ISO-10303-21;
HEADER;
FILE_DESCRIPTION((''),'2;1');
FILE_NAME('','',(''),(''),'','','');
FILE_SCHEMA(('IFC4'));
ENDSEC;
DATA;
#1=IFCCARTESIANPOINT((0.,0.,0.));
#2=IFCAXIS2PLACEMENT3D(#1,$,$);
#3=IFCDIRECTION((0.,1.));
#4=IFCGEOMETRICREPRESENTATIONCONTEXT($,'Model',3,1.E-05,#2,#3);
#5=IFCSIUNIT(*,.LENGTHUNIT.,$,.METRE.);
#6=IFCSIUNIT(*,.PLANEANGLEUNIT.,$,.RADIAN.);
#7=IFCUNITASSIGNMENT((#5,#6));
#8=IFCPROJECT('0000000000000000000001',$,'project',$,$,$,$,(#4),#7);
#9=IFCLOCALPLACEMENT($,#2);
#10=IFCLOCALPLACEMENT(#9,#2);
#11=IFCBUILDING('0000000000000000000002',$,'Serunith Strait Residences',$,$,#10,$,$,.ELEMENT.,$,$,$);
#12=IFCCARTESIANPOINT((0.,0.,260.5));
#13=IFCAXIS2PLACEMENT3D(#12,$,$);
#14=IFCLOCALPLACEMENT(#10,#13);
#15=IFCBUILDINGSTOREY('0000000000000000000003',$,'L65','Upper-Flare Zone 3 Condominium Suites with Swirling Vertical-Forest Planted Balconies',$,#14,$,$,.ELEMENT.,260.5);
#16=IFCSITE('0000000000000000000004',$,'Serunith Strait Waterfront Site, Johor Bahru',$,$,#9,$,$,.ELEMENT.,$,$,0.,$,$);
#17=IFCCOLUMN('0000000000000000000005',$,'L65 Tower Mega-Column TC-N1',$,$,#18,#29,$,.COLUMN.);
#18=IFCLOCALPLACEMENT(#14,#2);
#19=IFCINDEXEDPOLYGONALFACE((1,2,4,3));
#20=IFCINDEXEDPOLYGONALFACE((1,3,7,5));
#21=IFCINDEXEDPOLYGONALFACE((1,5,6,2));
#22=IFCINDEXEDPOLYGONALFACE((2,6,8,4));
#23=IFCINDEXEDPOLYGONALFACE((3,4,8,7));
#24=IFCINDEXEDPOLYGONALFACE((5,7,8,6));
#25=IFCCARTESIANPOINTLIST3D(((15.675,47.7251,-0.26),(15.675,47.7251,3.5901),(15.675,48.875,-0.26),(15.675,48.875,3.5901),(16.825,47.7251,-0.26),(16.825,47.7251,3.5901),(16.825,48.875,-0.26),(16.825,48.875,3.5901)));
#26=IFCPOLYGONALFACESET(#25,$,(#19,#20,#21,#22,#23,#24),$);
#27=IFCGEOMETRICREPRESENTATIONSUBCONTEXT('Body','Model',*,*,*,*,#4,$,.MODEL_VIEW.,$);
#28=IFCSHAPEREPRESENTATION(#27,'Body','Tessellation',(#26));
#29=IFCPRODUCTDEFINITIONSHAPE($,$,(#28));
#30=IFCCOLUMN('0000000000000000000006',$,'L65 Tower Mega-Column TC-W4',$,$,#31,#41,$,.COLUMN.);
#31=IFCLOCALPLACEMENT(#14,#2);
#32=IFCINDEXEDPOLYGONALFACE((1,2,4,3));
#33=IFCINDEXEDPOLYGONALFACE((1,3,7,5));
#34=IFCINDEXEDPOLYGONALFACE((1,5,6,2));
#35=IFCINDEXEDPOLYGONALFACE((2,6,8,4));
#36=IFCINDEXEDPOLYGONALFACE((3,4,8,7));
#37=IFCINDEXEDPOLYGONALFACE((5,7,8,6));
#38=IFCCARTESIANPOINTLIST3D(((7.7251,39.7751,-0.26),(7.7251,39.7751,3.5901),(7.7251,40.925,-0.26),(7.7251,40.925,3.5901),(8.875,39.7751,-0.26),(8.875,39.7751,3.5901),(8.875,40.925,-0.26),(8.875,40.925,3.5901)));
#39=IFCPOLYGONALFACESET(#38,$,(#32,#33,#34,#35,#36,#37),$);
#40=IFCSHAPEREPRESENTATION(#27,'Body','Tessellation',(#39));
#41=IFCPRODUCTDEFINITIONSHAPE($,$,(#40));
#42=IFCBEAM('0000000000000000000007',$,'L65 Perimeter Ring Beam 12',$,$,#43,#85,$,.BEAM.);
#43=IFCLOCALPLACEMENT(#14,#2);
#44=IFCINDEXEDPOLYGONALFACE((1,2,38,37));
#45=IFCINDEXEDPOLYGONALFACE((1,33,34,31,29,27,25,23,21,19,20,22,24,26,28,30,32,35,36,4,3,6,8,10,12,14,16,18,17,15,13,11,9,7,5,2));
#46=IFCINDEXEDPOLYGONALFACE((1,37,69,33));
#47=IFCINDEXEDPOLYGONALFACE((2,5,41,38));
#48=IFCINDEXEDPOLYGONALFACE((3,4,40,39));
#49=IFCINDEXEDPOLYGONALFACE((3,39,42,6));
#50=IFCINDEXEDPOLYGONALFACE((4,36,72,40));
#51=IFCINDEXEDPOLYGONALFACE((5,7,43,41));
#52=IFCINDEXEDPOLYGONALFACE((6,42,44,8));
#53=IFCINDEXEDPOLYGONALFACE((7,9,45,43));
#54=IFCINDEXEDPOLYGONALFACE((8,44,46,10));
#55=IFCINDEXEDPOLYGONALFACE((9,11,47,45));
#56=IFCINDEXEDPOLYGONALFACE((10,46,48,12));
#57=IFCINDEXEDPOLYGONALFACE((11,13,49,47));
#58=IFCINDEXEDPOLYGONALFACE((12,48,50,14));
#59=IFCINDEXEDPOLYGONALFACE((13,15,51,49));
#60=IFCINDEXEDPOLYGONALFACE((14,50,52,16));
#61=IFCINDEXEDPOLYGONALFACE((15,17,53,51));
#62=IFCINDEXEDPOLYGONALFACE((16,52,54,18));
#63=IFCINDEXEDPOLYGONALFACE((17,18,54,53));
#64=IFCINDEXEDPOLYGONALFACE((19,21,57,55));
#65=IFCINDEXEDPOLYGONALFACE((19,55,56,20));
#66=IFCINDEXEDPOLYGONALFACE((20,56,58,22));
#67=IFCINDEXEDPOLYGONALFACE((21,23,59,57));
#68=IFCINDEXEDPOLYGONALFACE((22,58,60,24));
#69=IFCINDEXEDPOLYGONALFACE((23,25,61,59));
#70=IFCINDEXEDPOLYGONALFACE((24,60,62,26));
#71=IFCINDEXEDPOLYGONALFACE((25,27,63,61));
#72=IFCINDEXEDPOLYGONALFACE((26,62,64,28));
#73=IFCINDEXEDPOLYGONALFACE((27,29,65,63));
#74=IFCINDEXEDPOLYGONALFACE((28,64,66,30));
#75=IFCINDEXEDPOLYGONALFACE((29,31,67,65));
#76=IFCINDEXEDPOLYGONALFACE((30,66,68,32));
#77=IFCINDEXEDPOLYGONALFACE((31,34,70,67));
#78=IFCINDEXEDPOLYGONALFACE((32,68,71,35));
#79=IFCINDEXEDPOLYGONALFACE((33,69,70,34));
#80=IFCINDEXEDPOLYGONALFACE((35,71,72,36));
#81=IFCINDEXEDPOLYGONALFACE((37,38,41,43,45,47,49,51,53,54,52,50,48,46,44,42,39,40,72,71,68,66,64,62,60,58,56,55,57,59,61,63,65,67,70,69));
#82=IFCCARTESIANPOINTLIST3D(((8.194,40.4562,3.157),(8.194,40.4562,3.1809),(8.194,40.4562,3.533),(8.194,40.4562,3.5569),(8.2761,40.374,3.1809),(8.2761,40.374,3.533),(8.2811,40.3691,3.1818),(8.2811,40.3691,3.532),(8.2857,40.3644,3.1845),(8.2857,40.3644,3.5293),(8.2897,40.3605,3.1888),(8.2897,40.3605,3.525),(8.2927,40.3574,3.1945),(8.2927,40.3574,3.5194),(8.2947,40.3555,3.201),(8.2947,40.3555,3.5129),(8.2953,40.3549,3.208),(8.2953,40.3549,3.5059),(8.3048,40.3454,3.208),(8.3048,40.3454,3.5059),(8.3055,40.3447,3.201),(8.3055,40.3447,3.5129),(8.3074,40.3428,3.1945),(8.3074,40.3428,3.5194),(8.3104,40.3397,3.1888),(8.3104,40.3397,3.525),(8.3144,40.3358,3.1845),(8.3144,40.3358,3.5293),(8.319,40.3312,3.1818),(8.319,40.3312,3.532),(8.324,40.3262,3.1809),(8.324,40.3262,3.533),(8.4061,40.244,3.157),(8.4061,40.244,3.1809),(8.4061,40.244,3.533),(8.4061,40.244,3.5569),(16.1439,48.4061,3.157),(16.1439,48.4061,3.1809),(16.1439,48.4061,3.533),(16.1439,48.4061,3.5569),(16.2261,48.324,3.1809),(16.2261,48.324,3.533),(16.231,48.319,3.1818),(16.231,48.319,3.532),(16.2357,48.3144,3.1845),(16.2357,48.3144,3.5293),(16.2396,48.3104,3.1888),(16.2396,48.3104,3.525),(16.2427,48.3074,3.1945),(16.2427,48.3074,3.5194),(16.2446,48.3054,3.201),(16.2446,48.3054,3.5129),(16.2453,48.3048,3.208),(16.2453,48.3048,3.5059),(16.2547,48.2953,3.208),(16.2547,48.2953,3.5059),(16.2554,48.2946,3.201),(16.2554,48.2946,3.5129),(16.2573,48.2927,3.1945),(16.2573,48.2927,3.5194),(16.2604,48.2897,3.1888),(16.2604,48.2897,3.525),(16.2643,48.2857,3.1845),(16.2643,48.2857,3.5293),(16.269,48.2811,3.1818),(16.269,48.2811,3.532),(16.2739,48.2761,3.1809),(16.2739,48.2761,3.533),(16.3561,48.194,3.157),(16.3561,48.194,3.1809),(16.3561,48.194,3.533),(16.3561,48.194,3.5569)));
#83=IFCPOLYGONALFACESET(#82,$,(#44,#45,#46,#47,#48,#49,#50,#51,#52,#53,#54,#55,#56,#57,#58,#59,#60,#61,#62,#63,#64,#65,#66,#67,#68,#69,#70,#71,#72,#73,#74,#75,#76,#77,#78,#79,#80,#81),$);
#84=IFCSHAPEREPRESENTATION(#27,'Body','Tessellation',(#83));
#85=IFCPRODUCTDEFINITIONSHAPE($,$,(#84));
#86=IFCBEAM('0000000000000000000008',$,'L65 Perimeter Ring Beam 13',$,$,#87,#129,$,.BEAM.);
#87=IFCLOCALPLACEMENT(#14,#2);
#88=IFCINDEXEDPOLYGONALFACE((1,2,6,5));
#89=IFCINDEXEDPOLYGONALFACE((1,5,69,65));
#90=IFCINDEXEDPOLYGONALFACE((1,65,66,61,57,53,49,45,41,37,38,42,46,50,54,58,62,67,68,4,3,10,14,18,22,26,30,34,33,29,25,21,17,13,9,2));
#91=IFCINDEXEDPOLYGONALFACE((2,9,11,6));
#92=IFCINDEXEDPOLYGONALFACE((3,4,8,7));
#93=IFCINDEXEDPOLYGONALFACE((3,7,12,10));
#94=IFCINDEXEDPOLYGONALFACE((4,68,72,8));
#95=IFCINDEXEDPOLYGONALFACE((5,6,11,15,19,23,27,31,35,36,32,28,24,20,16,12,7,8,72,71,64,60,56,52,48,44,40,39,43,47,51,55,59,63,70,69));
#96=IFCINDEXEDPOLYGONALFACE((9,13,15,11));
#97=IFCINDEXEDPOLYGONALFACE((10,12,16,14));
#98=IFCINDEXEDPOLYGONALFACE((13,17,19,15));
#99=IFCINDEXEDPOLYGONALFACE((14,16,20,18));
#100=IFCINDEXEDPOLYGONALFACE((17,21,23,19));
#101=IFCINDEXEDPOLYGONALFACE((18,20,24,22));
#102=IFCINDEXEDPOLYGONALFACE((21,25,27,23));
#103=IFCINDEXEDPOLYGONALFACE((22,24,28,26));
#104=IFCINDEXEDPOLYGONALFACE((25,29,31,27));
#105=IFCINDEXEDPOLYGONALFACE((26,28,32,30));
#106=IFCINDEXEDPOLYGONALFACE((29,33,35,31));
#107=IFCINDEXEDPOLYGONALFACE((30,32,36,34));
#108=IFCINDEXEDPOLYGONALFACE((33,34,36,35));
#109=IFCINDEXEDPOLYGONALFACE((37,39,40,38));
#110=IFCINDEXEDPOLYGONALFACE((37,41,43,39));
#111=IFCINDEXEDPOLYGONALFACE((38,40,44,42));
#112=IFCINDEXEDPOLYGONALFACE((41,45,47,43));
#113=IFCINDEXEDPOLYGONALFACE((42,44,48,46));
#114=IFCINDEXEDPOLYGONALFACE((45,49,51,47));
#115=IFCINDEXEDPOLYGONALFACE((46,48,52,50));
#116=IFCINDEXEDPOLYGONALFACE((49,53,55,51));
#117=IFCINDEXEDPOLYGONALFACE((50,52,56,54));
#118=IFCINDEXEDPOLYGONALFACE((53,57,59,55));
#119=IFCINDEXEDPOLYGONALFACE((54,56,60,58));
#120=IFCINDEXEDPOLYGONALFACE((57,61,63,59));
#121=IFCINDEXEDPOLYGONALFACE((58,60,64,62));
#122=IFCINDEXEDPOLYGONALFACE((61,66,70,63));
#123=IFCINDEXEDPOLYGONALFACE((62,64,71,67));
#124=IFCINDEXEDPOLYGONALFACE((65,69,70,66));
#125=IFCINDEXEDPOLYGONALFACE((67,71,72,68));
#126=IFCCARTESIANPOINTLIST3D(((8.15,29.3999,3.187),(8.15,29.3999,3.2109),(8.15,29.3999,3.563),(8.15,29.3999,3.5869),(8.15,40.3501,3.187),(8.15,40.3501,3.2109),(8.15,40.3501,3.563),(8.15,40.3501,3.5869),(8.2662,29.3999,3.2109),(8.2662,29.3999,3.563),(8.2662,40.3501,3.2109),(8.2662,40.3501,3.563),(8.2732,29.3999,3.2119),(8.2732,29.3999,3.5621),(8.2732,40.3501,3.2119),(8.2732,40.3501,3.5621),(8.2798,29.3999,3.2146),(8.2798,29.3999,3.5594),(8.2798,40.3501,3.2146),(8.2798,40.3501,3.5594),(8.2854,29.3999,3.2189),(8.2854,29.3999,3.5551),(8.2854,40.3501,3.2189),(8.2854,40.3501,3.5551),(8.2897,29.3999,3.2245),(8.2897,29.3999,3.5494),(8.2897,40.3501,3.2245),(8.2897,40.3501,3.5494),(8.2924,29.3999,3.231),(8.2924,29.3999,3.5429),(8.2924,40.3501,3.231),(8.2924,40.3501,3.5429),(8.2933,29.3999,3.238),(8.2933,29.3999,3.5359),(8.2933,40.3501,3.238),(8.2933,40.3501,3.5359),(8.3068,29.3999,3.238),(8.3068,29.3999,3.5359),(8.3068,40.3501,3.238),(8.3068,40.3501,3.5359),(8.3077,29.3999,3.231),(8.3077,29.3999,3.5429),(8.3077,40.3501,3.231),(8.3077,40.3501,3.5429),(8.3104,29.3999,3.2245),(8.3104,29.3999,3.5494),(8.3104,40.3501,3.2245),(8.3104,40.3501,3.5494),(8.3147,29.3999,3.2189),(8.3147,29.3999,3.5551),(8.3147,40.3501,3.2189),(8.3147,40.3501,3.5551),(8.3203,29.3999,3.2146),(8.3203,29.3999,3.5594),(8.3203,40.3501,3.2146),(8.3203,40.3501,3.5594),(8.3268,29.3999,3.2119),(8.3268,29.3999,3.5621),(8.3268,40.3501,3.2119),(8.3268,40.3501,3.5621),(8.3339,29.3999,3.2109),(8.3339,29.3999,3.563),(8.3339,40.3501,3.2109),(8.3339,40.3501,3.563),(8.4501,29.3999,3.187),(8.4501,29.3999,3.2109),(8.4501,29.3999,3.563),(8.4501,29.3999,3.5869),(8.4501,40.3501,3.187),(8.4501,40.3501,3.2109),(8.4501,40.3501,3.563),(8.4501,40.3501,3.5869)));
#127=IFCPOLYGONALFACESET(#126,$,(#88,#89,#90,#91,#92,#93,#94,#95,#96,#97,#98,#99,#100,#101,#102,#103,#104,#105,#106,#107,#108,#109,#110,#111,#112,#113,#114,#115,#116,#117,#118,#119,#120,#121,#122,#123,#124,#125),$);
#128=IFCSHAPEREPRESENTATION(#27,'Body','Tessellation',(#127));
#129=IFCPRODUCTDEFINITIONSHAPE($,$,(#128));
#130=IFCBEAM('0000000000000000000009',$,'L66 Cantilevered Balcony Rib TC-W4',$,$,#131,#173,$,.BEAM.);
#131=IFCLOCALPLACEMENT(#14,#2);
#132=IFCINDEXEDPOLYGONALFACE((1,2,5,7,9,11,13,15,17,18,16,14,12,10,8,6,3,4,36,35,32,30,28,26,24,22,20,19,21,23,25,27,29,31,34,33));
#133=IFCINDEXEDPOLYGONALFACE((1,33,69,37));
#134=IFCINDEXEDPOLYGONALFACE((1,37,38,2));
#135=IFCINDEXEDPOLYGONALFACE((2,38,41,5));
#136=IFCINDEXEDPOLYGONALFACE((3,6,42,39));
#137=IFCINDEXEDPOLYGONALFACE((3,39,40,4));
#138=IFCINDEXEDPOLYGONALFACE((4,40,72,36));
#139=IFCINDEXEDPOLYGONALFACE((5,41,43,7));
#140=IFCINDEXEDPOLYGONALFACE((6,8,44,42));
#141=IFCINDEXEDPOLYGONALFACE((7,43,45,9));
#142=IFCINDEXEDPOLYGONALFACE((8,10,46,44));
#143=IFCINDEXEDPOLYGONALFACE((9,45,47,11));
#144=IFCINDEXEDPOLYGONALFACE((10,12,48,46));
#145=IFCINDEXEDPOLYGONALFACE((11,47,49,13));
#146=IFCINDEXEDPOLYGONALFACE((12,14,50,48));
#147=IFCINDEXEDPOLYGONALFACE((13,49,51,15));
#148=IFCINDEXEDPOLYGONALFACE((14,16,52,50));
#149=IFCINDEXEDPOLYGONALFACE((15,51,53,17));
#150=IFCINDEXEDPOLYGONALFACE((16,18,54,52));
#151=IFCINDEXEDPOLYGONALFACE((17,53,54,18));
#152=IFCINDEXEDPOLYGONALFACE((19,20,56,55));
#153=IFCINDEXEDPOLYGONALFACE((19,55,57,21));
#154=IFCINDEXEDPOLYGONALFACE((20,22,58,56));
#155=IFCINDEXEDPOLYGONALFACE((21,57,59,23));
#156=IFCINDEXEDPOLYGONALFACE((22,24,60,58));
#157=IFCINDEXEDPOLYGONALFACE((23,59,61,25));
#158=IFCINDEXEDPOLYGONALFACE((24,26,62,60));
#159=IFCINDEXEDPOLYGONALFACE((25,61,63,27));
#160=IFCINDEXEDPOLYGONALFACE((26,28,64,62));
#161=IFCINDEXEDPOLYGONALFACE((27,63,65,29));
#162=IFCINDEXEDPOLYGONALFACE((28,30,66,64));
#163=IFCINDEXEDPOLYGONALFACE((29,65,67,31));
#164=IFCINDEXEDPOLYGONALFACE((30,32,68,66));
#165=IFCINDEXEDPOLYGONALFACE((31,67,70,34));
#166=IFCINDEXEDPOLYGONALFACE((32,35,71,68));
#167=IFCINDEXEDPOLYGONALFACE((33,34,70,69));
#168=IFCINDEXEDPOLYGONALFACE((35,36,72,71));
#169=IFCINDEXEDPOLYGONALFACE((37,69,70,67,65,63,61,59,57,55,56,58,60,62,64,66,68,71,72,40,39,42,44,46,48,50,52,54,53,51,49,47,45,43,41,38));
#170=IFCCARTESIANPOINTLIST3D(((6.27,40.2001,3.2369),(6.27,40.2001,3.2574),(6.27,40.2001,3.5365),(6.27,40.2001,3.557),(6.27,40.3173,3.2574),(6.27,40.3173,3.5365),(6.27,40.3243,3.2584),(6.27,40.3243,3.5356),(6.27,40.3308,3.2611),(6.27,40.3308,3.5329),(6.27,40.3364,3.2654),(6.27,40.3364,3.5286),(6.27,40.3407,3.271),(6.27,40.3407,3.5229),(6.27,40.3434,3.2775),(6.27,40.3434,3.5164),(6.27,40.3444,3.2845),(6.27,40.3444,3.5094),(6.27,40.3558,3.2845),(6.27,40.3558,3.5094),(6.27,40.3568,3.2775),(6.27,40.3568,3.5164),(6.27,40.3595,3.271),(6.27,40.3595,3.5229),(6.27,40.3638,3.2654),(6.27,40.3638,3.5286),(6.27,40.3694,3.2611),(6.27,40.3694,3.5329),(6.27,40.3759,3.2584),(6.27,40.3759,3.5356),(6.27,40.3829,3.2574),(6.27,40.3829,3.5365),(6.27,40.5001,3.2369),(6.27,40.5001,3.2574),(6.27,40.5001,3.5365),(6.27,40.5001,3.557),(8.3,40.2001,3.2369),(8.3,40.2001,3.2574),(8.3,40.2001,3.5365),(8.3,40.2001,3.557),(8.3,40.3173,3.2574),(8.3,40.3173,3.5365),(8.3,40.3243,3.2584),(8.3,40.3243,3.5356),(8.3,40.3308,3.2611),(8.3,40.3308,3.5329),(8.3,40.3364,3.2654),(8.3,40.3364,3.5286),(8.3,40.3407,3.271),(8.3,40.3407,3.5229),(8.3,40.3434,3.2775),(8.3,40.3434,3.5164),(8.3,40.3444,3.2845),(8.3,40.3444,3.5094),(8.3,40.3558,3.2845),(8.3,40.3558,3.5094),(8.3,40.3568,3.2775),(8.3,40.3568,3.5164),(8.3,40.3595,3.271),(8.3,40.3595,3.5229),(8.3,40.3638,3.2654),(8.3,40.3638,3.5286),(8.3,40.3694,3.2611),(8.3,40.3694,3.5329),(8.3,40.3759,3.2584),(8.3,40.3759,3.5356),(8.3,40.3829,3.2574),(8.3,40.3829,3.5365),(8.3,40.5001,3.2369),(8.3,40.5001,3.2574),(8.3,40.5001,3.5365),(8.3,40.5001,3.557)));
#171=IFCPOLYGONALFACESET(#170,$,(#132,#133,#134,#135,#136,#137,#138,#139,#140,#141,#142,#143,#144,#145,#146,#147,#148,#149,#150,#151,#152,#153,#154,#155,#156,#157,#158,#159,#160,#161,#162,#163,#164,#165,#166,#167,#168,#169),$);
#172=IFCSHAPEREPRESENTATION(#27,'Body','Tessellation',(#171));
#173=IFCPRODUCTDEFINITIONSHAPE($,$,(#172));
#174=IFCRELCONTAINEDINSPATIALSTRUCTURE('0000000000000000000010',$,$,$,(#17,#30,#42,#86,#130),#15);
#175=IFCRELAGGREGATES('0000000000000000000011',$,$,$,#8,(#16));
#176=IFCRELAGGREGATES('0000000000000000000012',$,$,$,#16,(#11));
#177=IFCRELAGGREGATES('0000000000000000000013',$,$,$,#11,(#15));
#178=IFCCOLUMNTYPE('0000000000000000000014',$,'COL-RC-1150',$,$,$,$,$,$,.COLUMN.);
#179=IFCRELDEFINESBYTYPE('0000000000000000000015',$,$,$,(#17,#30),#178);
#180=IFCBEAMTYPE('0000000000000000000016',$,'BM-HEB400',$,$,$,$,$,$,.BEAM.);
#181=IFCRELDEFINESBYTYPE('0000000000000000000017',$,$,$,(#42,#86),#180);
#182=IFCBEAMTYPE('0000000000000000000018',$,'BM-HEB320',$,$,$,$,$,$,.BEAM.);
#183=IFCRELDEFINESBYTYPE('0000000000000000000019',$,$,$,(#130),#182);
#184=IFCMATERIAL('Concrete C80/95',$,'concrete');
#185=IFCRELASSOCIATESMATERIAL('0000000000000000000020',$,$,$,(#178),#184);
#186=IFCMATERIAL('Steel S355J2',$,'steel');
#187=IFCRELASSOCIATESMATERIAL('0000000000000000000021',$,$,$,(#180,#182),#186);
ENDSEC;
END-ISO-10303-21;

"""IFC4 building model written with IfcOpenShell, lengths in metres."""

from ifc_helpers import new_model, si_unit, direction, frame, origin, origin_2d, place, context, subcontext, project, spatial, rectangle, i_section, extrude, source, transform, mapped, material, material_profile, profile_set, type_object, element, save


model = new_model("IFC4")

# Units and contexts
model_context = context("Model", 3, precision=1e-05, world=origin(), true_north=direction((0.0, 1.0)))
body_context = subcontext(model_context, "Body", "Model", "MODEL_VIEW")
ifc_project = project(units=[si_unit("LENGTHUNIT", "METRE"), si_unit("PLANEANGLEUNIT", "RADIAN")], contexts=[model_context])

# Site, building, storey
site_placement = place(None, origin())
site = spatial("IfcSite", under=ifc_project, at=site_placement, Name="Serunith Strait Waterfront Site, Johor Bahru", CompositionType="ELEMENT", RefElevation=0.0)
building_placement = place(site_placement, origin())
building = spatial("IfcBuilding", under=site, at=building_placement, Name="Serunith Strait Residences", CompositionType="ELEMENT")
storey_placement = place(building_placement, frame((0.0, 0.0, 260.5)))
storey = spatial("IfcBuildingStorey", under=building, at=storey_placement, Name="L65", Description="Upper-Flare Zone 3 Condominium Suites with Swirling Vertical-Forest Planted Balconies", CompositionType="ELEMENT", Elevation=260.5)

# Columns
ifc_material_1 = material(Name="Concrete C80/95", Category="concrete")
ifc_material_profile_1 = material_profile(ifc_material_1, rectangle(XDim=1.1499, YDim=1.1499, at=origin_2d()), Name="RC 1150x1150")
ifc_profile_set_1 = profile_set([ifc_material_profile_1], Name="Concrete C80/95")
column_type = type_object("IfcColumnType", Name="COL-RC-1150", PredefinedType="COLUMN", material=ifc_profile_set_1)
shared_shape_1 = source(origin(), body_context, "Body", "SweptSolid", [
    extrude(rectangle(XDim=1.1499, YDim=1.1499, at=origin_2d()), origin(), (0.0, 0.0, 1.0), 3.8501),
])
for number, where, z_axis, x_axis, name in (
    (1, (16.25, 48.3, -0.26), (0.0, 0.0, 1.0), (1.0, 0.0, 0.0), "L65 Tower Mega-Column TC-N1"),
    (2, (8.3, 40.3501, -0.26), (0.0, 0.0, 1.0), (1.0, 0.0, 0.0), "L65 Tower Mega-Column TC-W4"),
):
    element("IfcColumn", number, at=place(storey_placement, frame(where, z_axis=z_axis, x_axis=x_axis)), inside=storey, type_object=column_type, Name=name, PredefinedType="COLUMN", context=body_context, shape_type="MappedRepresentation", body=[
        mapped(shared_shape_1, transform((0.0, 0.0, 0.0), scale=1.0)),
    ])

# Beams
ifc_material_2 = material(Name="Steel S355J2", Category="steel")
ifc_material_profile_2 = material_profile(ifc_material_2, i_section(OverallWidth=0.3, OverallDepth=0.3999, WebThickness=0.0134, FlangeThickness=0.0239, FilletRadius=0.0271, at=origin_2d()), Name="HEB 400")
ifc_profile_set_2 = profile_set([ifc_material_profile_2], Name="Steel S355J2")
beam_type_1 = type_object("IfcBeamType", Name="BM-HEB400", PredefinedType="BEAM", material=ifc_profile_set_2)
shared_shape_2 = source(origin(), body_context, "Body", "SweptSolid", [
    extrude(i_section(OverallWidth=0.3, OverallDepth=0.3999, WebThickness=0.0134, FlangeThickness=0.0239, FilletRadius=0.0271, at=origin_2d()), origin(), (0.0, 0.0, 1.0), 11.2429),
])
beam_1_placement = place(storey_placement, frame((16.25, 48.3, 3.3569), z_axis=(-0.707107, -0.707107, 0.0), x_axis=(0.707107, -0.707107, 0.0)))
element("IfcBeam", 3, at=beam_1_placement, inside=storey, type_object=beam_type_1, Name="L65 Perimeter Ring Beam 12", PredefinedType="BEAM", context=body_context, shape_type="MappedRepresentation", body=[
    mapped(shared_shape_2, transform((0.0, 0.0, 0.0), scale=1.0)),
])
shared_shape_3 = source(origin(), body_context, "Body", "SweptSolid", [
    extrude(i_section(OverallWidth=0.3, OverallDepth=0.3999, WebThickness=0.0134, FlangeThickness=0.0239, FilletRadius=0.0271, at=origin_2d()), origin(), (0.0, 0.0, 1.0), 10.9502),
])
beam_2_placement = place(storey_placement, frame((8.3, 40.3501, 3.387), z_axis=(0.0, -1.0, 0.0), x_axis=(1.0, 0.0, 0.0)))
element("IfcBeam", 4, at=beam_2_placement, inside=storey, type_object=beam_type_1, Name="L65 Perimeter Ring Beam 13", PredefinedType="BEAM", context=body_context, shape_type="MappedRepresentation", body=[
    mapped(shared_shape_3, transform((0.0, 0.0, 0.0), scale=1.0)),
])
ifc_material_profile_3 = material_profile(ifc_material_2, i_section(OverallWidth=0.3, OverallDepth=0.3201, WebThickness=0.0115, FlangeThickness=0.0205, FilletRadius=0.0271, at=origin_2d()), Name="HEB 320")
ifc_profile_set_3 = profile_set([ifc_material_profile_3], Name="Steel S355J2")
beam_type_2 = type_object("IfcBeamType", Name="BM-HEB320", PredefinedType="BEAM", material=ifc_profile_set_3)
shared_shape_4 = source(origin(), body_context, "Body", "SweptSolid", [
    extrude(i_section(OverallWidth=0.3, OverallDepth=0.3201, WebThickness=0.0115, FlangeThickness=0.0205, FilletRadius=0.0271, at=origin_2d()), origin(), (0.0, 0.0, 1.0), 2.03),
])
beam_3_placement = place(storey_placement, frame((8.3, 40.3501, 3.397), z_axis=(-1.0, 0.0, 0.0), x_axis=(0.0, -1.0, 0.0)))
element("IfcBeam", 5, at=beam_3_placement, inside=storey, type_object=beam_type_2, Name="L66 Cantilevered Balcony Rib TC-W4", PredefinedType="BEAM", context=body_context, shape_type="MappedRepresentation", body=[
    mapped(shared_shape_4, transform((0.0, 0.0, 0.0), scale=1.0)),
])

save(model, "model.ifc")
